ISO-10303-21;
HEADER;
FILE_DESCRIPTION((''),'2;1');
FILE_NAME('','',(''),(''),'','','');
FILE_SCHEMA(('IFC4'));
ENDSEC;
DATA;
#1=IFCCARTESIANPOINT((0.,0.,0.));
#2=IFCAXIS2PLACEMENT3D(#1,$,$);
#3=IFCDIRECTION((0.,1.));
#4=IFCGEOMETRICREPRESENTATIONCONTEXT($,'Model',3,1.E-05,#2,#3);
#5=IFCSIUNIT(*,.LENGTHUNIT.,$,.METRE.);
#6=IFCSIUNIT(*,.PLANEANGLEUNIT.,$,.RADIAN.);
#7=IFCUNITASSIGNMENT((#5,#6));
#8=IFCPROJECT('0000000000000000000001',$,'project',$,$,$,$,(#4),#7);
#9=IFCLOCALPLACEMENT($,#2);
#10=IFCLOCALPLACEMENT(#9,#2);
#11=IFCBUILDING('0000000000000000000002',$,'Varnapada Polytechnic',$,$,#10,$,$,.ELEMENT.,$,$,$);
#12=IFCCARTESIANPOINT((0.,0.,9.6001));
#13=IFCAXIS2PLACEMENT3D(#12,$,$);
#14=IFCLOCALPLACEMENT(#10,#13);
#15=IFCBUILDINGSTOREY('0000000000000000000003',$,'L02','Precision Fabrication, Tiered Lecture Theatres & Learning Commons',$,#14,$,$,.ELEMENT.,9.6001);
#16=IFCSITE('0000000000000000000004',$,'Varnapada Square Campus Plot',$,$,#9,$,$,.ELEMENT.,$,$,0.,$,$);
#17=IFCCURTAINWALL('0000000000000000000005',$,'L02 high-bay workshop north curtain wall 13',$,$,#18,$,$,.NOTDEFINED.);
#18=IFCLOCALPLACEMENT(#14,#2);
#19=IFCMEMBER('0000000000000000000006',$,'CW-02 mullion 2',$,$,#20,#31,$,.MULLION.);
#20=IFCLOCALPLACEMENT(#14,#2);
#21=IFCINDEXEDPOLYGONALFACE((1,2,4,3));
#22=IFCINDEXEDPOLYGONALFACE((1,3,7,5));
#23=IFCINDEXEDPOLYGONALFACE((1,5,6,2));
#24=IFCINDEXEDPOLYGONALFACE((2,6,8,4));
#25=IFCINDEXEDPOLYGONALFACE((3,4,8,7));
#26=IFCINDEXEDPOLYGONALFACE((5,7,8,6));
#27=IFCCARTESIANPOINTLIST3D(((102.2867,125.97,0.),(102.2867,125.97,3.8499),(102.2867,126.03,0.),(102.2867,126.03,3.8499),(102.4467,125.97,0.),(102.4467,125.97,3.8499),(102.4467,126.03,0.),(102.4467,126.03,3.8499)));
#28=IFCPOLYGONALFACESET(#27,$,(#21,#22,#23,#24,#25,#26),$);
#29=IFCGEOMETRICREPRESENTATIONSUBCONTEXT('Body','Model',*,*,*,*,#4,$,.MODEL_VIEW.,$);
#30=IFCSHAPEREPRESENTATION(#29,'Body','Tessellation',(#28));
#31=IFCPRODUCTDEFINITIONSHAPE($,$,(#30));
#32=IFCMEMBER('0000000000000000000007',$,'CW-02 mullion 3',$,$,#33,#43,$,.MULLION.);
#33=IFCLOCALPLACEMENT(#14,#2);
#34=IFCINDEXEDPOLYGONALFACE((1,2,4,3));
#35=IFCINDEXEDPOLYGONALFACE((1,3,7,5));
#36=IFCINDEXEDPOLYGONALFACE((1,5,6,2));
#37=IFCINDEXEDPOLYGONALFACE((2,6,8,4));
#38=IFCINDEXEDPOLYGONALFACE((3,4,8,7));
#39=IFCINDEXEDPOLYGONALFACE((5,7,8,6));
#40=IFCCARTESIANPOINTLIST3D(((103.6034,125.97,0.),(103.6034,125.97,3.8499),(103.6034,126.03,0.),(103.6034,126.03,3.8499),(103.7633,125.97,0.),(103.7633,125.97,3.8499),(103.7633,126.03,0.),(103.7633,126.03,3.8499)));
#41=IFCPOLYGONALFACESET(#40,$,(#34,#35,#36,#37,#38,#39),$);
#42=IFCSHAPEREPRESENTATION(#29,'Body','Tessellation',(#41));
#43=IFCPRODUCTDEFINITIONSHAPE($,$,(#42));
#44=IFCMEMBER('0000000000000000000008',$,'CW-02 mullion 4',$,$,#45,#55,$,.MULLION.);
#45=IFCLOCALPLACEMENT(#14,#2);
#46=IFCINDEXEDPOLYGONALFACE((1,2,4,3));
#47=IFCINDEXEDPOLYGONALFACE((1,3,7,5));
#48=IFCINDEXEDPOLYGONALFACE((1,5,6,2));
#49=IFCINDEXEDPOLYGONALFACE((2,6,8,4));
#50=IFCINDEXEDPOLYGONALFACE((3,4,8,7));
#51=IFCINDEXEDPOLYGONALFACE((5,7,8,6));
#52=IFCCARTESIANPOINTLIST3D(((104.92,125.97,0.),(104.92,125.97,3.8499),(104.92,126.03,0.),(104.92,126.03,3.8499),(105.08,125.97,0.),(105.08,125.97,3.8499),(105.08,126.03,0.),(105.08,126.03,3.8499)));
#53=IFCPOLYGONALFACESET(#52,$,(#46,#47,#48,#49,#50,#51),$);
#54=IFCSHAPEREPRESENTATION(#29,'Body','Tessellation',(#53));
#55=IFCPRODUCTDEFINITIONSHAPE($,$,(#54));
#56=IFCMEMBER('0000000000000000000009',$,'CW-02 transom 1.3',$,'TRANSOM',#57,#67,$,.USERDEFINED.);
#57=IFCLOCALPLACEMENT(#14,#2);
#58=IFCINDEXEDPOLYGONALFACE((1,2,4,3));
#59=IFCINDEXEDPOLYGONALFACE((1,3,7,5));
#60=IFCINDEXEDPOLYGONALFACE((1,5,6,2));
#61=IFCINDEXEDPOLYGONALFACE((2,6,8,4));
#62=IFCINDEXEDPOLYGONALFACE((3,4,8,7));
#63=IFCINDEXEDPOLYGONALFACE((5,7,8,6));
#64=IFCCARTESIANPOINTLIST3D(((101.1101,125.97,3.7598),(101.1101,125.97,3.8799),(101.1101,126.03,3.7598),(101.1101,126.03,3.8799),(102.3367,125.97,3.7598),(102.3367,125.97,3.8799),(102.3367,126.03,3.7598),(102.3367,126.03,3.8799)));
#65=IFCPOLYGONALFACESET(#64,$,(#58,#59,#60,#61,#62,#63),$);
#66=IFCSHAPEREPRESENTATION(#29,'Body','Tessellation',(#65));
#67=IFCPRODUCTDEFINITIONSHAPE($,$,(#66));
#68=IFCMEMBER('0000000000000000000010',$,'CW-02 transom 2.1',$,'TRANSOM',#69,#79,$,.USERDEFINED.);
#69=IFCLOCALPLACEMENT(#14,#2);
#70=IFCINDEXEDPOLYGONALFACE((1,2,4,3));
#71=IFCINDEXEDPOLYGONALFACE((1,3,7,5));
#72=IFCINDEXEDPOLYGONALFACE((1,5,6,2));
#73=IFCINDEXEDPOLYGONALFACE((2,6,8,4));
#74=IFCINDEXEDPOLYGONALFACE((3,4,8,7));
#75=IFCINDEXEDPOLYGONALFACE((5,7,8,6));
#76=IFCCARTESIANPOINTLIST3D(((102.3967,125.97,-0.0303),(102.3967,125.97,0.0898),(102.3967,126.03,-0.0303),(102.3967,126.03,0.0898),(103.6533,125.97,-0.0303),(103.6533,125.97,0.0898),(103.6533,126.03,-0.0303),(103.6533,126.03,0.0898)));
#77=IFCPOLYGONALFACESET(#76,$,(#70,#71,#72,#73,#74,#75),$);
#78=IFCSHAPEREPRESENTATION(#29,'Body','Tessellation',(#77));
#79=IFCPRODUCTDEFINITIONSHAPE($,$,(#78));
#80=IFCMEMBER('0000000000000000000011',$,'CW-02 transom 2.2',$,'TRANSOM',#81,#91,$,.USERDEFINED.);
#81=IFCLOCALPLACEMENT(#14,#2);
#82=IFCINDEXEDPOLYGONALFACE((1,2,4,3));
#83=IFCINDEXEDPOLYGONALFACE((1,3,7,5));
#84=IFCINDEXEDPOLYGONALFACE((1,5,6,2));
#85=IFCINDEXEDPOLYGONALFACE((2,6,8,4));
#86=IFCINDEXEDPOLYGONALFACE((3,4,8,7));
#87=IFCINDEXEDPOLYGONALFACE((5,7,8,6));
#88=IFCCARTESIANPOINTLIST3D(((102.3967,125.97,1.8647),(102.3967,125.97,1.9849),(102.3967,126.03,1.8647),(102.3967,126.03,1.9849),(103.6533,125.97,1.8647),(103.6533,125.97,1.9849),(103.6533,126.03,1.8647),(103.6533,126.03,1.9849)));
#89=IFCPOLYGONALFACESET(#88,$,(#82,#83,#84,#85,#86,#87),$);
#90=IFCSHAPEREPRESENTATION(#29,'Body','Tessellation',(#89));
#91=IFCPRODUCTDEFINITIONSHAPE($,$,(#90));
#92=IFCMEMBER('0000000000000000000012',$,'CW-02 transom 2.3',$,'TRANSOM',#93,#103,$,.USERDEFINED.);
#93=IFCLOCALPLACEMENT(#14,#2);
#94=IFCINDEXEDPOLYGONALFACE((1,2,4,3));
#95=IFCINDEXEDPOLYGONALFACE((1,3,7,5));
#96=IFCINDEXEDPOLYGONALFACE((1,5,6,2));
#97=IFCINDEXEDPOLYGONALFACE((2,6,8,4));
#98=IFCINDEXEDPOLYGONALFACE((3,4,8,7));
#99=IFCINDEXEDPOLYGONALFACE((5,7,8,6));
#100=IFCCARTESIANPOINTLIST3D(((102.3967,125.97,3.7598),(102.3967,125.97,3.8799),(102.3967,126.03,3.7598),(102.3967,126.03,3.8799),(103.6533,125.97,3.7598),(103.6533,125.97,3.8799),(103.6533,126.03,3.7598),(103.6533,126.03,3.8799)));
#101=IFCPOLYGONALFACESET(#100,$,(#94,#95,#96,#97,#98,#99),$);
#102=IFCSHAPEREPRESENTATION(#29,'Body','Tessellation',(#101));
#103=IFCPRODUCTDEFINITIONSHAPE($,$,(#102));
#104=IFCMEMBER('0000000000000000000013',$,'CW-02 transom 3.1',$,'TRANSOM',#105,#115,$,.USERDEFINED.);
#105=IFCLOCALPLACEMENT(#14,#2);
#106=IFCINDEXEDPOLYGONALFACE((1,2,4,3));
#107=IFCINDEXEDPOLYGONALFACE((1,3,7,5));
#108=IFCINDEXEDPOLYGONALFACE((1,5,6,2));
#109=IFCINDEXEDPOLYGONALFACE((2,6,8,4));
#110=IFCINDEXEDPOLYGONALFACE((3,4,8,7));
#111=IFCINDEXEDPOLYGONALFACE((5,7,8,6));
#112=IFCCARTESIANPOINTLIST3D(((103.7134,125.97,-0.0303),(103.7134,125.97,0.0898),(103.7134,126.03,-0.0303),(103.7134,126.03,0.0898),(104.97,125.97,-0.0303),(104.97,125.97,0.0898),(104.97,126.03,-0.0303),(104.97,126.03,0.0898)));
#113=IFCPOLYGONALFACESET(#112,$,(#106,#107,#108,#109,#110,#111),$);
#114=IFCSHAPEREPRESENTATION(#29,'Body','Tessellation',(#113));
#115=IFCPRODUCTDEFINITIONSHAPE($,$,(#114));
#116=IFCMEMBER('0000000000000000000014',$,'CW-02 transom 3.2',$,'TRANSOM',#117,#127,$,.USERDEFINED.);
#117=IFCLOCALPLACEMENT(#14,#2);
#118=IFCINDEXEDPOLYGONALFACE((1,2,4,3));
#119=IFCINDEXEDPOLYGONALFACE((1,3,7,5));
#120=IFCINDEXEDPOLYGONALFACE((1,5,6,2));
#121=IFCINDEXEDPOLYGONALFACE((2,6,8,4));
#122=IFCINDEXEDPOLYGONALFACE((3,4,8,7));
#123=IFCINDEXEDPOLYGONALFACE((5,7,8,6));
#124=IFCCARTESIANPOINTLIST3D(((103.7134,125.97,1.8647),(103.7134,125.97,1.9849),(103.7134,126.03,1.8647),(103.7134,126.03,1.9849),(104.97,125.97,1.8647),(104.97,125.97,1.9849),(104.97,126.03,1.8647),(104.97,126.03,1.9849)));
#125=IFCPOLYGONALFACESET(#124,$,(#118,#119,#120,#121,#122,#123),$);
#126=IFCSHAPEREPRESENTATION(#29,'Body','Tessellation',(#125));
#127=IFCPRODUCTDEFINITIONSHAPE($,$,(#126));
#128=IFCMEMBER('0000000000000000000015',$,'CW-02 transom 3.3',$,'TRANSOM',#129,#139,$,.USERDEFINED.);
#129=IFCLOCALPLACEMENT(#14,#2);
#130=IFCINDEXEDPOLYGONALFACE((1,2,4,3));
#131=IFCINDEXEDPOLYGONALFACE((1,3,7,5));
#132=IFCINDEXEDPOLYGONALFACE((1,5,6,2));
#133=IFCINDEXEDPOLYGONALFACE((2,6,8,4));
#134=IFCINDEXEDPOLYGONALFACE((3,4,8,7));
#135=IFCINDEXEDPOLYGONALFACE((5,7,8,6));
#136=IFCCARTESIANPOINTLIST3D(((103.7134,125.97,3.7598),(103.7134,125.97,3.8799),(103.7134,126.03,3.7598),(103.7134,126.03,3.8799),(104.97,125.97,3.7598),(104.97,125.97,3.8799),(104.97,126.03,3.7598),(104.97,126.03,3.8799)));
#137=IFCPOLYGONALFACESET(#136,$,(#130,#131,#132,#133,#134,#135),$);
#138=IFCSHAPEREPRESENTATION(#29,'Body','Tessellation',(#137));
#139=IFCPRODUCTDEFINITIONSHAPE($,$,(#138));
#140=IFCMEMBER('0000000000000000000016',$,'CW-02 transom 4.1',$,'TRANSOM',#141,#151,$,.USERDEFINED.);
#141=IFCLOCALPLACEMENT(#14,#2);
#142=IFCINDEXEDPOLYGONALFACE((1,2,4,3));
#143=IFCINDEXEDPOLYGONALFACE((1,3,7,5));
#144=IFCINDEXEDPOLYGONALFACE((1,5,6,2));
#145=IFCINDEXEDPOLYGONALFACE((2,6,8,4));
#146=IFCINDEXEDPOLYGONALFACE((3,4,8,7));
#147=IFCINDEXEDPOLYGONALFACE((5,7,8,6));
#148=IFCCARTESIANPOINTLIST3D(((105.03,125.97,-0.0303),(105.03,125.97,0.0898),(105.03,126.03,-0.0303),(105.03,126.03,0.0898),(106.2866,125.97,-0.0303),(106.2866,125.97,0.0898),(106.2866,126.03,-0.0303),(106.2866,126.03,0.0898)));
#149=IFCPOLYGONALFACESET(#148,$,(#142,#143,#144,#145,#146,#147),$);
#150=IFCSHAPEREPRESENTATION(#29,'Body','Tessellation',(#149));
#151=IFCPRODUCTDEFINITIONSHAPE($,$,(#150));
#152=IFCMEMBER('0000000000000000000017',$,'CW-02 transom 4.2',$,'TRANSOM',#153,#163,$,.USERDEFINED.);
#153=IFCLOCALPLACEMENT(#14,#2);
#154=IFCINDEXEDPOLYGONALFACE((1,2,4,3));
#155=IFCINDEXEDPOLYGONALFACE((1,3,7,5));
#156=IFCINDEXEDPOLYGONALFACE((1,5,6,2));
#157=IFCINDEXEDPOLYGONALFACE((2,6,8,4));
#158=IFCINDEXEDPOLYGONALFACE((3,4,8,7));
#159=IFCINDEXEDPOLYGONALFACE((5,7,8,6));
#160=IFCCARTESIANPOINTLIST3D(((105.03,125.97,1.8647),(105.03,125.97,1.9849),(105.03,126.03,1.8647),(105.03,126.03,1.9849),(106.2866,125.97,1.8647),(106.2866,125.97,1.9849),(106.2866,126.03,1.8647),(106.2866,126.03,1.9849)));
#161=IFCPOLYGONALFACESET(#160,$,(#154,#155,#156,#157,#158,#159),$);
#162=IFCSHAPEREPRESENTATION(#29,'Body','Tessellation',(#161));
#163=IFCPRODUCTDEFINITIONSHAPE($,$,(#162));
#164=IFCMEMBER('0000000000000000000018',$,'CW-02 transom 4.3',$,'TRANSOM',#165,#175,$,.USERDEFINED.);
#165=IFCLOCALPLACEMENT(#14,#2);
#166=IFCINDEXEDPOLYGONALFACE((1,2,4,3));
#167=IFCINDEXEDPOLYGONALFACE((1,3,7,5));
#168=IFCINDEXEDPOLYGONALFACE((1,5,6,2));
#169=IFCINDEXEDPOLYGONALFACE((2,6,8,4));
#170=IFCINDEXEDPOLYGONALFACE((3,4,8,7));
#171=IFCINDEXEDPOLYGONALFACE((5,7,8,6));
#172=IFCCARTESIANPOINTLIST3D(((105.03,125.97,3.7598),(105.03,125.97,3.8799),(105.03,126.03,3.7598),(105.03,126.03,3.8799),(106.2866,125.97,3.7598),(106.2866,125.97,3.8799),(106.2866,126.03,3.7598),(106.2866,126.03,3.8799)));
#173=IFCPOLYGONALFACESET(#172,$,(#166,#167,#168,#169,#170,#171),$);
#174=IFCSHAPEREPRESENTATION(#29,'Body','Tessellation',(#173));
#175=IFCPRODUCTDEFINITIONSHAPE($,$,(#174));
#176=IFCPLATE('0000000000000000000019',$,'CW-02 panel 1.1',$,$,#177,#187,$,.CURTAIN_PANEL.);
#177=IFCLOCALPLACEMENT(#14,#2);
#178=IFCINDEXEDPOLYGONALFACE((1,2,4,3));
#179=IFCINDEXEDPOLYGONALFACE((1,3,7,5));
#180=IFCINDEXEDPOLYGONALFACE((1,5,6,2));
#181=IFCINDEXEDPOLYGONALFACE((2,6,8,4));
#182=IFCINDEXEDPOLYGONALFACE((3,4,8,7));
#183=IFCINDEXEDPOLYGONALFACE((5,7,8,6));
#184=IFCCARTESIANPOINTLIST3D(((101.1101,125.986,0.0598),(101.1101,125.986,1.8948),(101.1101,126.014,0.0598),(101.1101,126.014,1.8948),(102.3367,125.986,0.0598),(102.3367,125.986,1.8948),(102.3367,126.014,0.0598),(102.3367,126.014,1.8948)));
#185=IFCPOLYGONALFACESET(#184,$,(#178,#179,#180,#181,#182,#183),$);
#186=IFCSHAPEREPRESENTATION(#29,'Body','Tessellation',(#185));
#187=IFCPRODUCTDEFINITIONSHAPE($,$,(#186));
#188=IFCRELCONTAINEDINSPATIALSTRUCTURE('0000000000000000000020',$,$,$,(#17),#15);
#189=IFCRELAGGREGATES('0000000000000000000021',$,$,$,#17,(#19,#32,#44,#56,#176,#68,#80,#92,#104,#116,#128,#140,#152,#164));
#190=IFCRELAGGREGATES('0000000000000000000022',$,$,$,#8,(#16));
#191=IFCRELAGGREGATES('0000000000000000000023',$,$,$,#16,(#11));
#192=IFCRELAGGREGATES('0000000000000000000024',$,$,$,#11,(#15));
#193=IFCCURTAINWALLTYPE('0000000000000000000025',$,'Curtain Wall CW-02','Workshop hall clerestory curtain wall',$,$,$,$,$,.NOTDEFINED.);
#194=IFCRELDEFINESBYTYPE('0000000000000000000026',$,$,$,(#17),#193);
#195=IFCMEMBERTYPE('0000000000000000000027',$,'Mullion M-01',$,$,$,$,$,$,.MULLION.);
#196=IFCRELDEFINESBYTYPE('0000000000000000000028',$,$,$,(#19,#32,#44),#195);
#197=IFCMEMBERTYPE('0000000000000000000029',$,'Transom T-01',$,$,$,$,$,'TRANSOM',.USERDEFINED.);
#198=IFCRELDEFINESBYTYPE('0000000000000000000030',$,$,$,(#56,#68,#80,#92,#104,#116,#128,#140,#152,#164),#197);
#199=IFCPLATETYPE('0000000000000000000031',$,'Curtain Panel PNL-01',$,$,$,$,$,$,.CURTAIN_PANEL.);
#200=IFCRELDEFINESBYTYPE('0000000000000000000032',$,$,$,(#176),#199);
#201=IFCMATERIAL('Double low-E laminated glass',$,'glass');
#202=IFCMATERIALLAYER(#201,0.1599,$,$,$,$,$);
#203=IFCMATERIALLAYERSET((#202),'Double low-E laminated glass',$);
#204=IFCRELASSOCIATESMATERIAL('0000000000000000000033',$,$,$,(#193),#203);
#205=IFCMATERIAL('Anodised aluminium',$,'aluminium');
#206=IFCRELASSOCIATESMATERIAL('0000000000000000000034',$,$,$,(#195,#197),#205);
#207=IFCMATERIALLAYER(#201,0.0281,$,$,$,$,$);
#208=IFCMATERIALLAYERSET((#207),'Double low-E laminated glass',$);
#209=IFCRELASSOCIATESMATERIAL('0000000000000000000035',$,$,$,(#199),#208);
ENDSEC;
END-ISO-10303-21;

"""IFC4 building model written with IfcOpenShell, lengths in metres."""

from ifc_helpers import new_model, si_unit, direction, frame, origin, origin_2d, place, context, subcontext, project, spatial, rectangle, extrude, material, layer, layer_set, material_profile, profile_set, type_object, element, aggregate, save


model = new_model("IFC4")

# Units and contexts
model_context = context("Model", 3, precision=1e-05, world=origin(), true_north=direction((0.0, 1.0)))
body_context = subcontext(model_context, "Body", "Model", "MODEL_VIEW")
ifc_project = project(units=[si_unit("LENGTHUNIT", "METRE"), si_unit("PLANEANGLEUNIT", "RADIAN")], contexts=[model_context])

# Site, building, storey
site_placement = place(None, origin())
site = spatial("IfcSite", under=ifc_project, at=site_placement, Name="Varnapada Square Campus Plot", CompositionType="ELEMENT", RefElevation=0.0)
building_placement = place(site_placement, origin())
building = spatial("IfcBuilding", under=site, at=building_placement, Name="Varnapada Polytechnic", CompositionType="ELEMENT")
storey_placement = place(building_placement, frame((0.0, 0.0, 9.6001)))
storey = spatial("IfcBuildingStorey", under=building, at=storey_placement, Name="L02", Description="Precision Fabrication, Tiered Lecture Theatres & Learning Commons", CompositionType="ELEMENT", Elevation=9.6001)

# Curtain wall, members, plate
ifc_material_1 = material(Name="Double low-E laminated glass", Category="glass")
ifc_layer_1 = layer(ifc_material_1, 0.1599)
ifc_layer_set_1 = layer_set([ifc_layer_1], Name="Double low-E laminated glass")
curtain_wall_type = type_object("IfcCurtainWallType", Name="Curtain Wall CW-02", Description="Workshop hall clerestory curtain wall", PredefinedType="NOTDEFINED", material=ifc_layer_set_1)
curtain_wall_placement = place(storey_placement, origin())
curtain_wall = element("IfcCurtainWall", 1, at=curtain_wall_placement, inside=storey, type_object=curtain_wall_type, Name="L02 high-bay workshop north curtain wall 13", PredefinedType="NOTDEFINED")
ifc_material_2 = material(Name="Anodised aluminium", Category="aluminium")
ifc_material_profile_1 = material_profile(ifc_material_2, rectangle(XDim=0.0601, YDim=0.1599, at=origin_2d()), Name="ALU M60x160")
ifc_profile_set_1 = profile_set([ifc_material_profile_1], Name="Anodised aluminium")
member_type_1 = type_object("IfcMemberType", Name="Mullion M-01", PredefinedType="MULLION", material=ifc_profile_set_1)
member_1_placement = place(storey_placement, frame((102.3667, 126.0, 0.0), z_axis=(0.0, 0.0, 1.0), x_axis=(0.0, 1.0, 0.0)))
member_1 = element("IfcMember", 2, at=member_1_placement, type_object=member_type_1, Name="CW-02 mullion 2", PredefinedType="MULLION", context=body_context, shape_type="SweptSolid", body=[
    extrude(rectangle(XDim=0.0601, YDim=0.1599, at=origin_2d()), origin(), (0.0, 0.0, 1.0), 3.8499),
])
member_2_placement = place(storey_placement, frame((103.6833, 126.0, 0.0), z_axis=(0.0, 0.0, 1.0), x_axis=(0.0, 1.0, 0.0)))
member_2 = element("IfcMember", 3, at=member_2_placement, type_object=member_type_1, Name="CW-02 mullion 3", PredefinedType="MULLION", context=body_context, shape_type="SweptSolid", body=[
    extrude(rectangle(XDim=0.0601, YDim=0.1599, at=origin_2d()), origin(), (0.0, 0.0, 1.0), 3.8499),
])
member_3_placement = place(storey_placement, frame((105.0, 126.0, 0.0), z_axis=(0.0, 0.0, 1.0), x_axis=(0.0, 1.0, 0.0)))
member_3 = element("IfcMember", 4, at=member_3_placement, type_object=member_type_1, Name="CW-02 mullion 4", PredefinedType="MULLION", context=body_context, shape_type="SweptSolid", body=[
    extrude(rectangle(XDim=0.0601, YDim=0.1599, at=origin_2d()), origin(), (0.0, 0.0, 1.0), 3.8499),
])
ifc_material_profile_2 = material_profile(ifc_material_2, rectangle(XDim=0.0601, YDim=0.1201, at=origin_2d()), Name="ALU T60x120")
ifc_profile_set_2 = profile_set([ifc_material_profile_2], Name="Anodised aluminium")
member_type_2 = type_object("IfcMemberType", Name="Transom T-01", ElementType="TRANSOM", PredefinedType="USERDEFINED", material=ifc_profile_set_2)
member_4_placement = place(storey_placement, frame((101.1101, 126.0, 3.8198), z_axis=(1.0, 0.0, 0.0), x_axis=(0.0, 1.0, 0.0)))
member_4 = element("IfcMember", 5, at=member_4_placement, type_object=member_type_2, Name="CW-02 transom 1.3", ObjectType="TRANSOM", PredefinedType="USERDEFINED", context=body_context, shape_type="SweptSolid", body=[
    extrude(rectangle(XDim=0.0601, YDim=0.1201, at=origin_2d()), origin(), (0.0, 0.0, 1.0), 1.2266),
])
member_5_placement = place(storey_placement, frame((102.3967, 126.0, 0.0298), z_axis=(1.0, 0.0, 0.0), x_axis=(0.0, 1.0, 0.0)))
member_5 = element("IfcMember", 6, at=member_5_placement, type_object=member_type_2, Name="CW-02 transom 2.1", ObjectType="TRANSOM", PredefinedType="USERDEFINED", context=body_context, shape_type="SweptSolid", body=[
    extrude(rectangle(XDim=0.0601, YDim=0.1201, at=origin_2d()), origin(), (0.0, 0.0, 1.0), 1.2566),
])
member_6_placement = place(storey_placement, frame((102.3967, 126.0, 1.9248), z_axis=(1.0, 0.0, 0.0), x_axis=(0.0, 1.0, 0.0)))
member_6 = element("IfcMember", 7, at=member_6_placement, type_object=member_type_2, Name="CW-02 transom 2.2", ObjectType="TRANSOM", PredefinedType="USERDEFINED", context=body_context, shape_type="SweptSolid", body=[
    extrude(rectangle(XDim=0.0601, YDim=0.1201, at=origin_2d()), origin(), (0.0, 0.0, 1.0), 1.2566),
])
member_7_placement = place(storey_placement, frame((102.3967, 126.0, 3.8198), z_axis=(1.0, 0.0, 0.0), x_axis=(0.0, 1.0, 0.0)))
member_7 = element("IfcMember", 8, at=member_7_placement, type_object=member_type_2, Name="CW-02 transom 2.3", ObjectType="TRANSOM", PredefinedType="USERDEFINED", context=body_context, shape_type="SweptSolid", body=[
    extrude(rectangle(XDim=0.0601, YDim=0.1201, at=origin_2d()), origin(), (0.0, 0.0, 1.0), 1.2566),
])
member_8_placement = place(storey_placement, frame((103.7134, 126.0, 0.0298), z_axis=(1.0, 0.0, 0.0), x_axis=(0.0, 1.0, 0.0)))
member_8 = element("IfcMember", 9, at=member_8_placement, type_object=member_type_2, Name="CW-02 transom 3.1", ObjectType="TRANSOM", PredefinedType="USERDEFINED", context=body_context, shape_type="SweptSolid", body=[
    extrude(rectangle(XDim=0.0601, YDim=0.1201, at=origin_2d()), origin(), (0.0, 0.0, 1.0), 1.2566),
])
member_9_placement = place(storey_placement, frame((103.7134, 126.0, 1.9248), z_axis=(1.0, 0.0, 0.0), x_axis=(0.0, 1.0, 0.0)))
member_9 = element("IfcMember", 10, at=member_9_placement, type_object=member_type_2, Name="CW-02 transom 3.2", ObjectType="TRANSOM", PredefinedType="USERDEFINED", context=body_context, shape_type="SweptSolid", body=[
    extrude(rectangle(XDim=0.0601, YDim=0.1201, at=origin_2d()), origin(), (0.0, 0.0, 1.0), 1.2566),
])
member_10_placement = place(storey_placement, frame((103.7134, 126.0, 3.8198), z_axis=(1.0, 0.0, 0.0), x_axis=(0.0, 1.0, 0.0)))
member_10 = element("IfcMember", 11, at=member_10_placement, type_object=member_type_2, Name="CW-02 transom 3.3", ObjectType="TRANSOM", PredefinedType="USERDEFINED", context=body_context, shape_type="SweptSolid", body=[
    extrude(rectangle(XDim=0.0601, YDim=0.1201, at=origin_2d()), origin(), (0.0, 0.0, 1.0), 1.2566),
])
member_11_placement = place(storey_placement, frame((105.03, 126.0, 0.0298), z_axis=(1.0, 0.0, 0.0), x_axis=(0.0, 1.0, 0.0)))
member_11 = element("IfcMember", 12, at=member_11_placement, type_object=member_type_2, Name="CW-02 transom 4.1", ObjectType="TRANSOM", PredefinedType="USERDEFINED", context=body_context, shape_type="SweptSolid", body=[
    extrude(rectangle(XDim=0.0601, YDim=0.1201, at=origin_2d()), origin(), (0.0, 0.0, 1.0), 1.2566),
])
member_12_placement = place(storey_placement, frame((105.03, 126.0, 1.9248), z_axis=(1.0, 0.0, 0.0), x_axis=(0.0, 1.0, 0.0)))
member_12 = element("IfcMember", 13, at=member_12_placement, type_object=member_type_2, Name="CW-02 transom 4.2", ObjectType="TRANSOM", PredefinedType="USERDEFINED", context=body_context, shape_type="SweptSolid", body=[
    extrude(rectangle(XDim=0.0601, YDim=0.1201, at=origin_2d()), origin(), (0.0, 0.0, 1.0), 1.2566),
])
member_13_placement = place(storey_placement, frame((105.03, 126.0, 3.8198), z_axis=(1.0, 0.0, 0.0), x_axis=(0.0, 1.0, 0.0)))
member_13 = element("IfcMember", 14, at=member_13_placement, type_object=member_type_2, Name="CW-02 transom 4.3", ObjectType="TRANSOM", PredefinedType="USERDEFINED", context=body_context, shape_type="SweptSolid", body=[
    extrude(rectangle(XDim=0.0601, YDim=0.1201, at=origin_2d()), origin(), (0.0, 0.0, 1.0), 1.2566),
])
ifc_layer_2 = layer(ifc_material_1, 0.0281)
ifc_layer_set_2 = layer_set([ifc_layer_2], Name="Double low-E laminated glass")
plate_type = type_object("IfcPlateType", Name="Curtain Panel PNL-01", PredefinedType="CURTAIN_PANEL", material=ifc_layer_set_2)
plate_1_placement = place(storey_placement, frame((101.7234, 126.0, 0.0598), z_axis=(0.0, 0.0, 1.0), x_axis=(1.0, 0.0, 0.0)))
plate_1 = element("IfcPlate", 15, at=plate_1_placement, type_object=plate_type, Name="CW-02 panel 1.1", PredefinedType="CURTAIN_PANEL", context=body_context, shape_type="SweptSolid", body=[
    extrude(rectangle(XDim=1.2266, YDim=0.0281, at=origin_2d()), origin(), (0.0, 0.0, 1.0), 1.835),
])
aggregate(curtain_wall, [member_1, member_2, member_3, member_4, plate_1, member_5, member_6, member_7, member_8, member_9, member_10, member_11, member_12, member_13])

save(model, "model.ifc")
